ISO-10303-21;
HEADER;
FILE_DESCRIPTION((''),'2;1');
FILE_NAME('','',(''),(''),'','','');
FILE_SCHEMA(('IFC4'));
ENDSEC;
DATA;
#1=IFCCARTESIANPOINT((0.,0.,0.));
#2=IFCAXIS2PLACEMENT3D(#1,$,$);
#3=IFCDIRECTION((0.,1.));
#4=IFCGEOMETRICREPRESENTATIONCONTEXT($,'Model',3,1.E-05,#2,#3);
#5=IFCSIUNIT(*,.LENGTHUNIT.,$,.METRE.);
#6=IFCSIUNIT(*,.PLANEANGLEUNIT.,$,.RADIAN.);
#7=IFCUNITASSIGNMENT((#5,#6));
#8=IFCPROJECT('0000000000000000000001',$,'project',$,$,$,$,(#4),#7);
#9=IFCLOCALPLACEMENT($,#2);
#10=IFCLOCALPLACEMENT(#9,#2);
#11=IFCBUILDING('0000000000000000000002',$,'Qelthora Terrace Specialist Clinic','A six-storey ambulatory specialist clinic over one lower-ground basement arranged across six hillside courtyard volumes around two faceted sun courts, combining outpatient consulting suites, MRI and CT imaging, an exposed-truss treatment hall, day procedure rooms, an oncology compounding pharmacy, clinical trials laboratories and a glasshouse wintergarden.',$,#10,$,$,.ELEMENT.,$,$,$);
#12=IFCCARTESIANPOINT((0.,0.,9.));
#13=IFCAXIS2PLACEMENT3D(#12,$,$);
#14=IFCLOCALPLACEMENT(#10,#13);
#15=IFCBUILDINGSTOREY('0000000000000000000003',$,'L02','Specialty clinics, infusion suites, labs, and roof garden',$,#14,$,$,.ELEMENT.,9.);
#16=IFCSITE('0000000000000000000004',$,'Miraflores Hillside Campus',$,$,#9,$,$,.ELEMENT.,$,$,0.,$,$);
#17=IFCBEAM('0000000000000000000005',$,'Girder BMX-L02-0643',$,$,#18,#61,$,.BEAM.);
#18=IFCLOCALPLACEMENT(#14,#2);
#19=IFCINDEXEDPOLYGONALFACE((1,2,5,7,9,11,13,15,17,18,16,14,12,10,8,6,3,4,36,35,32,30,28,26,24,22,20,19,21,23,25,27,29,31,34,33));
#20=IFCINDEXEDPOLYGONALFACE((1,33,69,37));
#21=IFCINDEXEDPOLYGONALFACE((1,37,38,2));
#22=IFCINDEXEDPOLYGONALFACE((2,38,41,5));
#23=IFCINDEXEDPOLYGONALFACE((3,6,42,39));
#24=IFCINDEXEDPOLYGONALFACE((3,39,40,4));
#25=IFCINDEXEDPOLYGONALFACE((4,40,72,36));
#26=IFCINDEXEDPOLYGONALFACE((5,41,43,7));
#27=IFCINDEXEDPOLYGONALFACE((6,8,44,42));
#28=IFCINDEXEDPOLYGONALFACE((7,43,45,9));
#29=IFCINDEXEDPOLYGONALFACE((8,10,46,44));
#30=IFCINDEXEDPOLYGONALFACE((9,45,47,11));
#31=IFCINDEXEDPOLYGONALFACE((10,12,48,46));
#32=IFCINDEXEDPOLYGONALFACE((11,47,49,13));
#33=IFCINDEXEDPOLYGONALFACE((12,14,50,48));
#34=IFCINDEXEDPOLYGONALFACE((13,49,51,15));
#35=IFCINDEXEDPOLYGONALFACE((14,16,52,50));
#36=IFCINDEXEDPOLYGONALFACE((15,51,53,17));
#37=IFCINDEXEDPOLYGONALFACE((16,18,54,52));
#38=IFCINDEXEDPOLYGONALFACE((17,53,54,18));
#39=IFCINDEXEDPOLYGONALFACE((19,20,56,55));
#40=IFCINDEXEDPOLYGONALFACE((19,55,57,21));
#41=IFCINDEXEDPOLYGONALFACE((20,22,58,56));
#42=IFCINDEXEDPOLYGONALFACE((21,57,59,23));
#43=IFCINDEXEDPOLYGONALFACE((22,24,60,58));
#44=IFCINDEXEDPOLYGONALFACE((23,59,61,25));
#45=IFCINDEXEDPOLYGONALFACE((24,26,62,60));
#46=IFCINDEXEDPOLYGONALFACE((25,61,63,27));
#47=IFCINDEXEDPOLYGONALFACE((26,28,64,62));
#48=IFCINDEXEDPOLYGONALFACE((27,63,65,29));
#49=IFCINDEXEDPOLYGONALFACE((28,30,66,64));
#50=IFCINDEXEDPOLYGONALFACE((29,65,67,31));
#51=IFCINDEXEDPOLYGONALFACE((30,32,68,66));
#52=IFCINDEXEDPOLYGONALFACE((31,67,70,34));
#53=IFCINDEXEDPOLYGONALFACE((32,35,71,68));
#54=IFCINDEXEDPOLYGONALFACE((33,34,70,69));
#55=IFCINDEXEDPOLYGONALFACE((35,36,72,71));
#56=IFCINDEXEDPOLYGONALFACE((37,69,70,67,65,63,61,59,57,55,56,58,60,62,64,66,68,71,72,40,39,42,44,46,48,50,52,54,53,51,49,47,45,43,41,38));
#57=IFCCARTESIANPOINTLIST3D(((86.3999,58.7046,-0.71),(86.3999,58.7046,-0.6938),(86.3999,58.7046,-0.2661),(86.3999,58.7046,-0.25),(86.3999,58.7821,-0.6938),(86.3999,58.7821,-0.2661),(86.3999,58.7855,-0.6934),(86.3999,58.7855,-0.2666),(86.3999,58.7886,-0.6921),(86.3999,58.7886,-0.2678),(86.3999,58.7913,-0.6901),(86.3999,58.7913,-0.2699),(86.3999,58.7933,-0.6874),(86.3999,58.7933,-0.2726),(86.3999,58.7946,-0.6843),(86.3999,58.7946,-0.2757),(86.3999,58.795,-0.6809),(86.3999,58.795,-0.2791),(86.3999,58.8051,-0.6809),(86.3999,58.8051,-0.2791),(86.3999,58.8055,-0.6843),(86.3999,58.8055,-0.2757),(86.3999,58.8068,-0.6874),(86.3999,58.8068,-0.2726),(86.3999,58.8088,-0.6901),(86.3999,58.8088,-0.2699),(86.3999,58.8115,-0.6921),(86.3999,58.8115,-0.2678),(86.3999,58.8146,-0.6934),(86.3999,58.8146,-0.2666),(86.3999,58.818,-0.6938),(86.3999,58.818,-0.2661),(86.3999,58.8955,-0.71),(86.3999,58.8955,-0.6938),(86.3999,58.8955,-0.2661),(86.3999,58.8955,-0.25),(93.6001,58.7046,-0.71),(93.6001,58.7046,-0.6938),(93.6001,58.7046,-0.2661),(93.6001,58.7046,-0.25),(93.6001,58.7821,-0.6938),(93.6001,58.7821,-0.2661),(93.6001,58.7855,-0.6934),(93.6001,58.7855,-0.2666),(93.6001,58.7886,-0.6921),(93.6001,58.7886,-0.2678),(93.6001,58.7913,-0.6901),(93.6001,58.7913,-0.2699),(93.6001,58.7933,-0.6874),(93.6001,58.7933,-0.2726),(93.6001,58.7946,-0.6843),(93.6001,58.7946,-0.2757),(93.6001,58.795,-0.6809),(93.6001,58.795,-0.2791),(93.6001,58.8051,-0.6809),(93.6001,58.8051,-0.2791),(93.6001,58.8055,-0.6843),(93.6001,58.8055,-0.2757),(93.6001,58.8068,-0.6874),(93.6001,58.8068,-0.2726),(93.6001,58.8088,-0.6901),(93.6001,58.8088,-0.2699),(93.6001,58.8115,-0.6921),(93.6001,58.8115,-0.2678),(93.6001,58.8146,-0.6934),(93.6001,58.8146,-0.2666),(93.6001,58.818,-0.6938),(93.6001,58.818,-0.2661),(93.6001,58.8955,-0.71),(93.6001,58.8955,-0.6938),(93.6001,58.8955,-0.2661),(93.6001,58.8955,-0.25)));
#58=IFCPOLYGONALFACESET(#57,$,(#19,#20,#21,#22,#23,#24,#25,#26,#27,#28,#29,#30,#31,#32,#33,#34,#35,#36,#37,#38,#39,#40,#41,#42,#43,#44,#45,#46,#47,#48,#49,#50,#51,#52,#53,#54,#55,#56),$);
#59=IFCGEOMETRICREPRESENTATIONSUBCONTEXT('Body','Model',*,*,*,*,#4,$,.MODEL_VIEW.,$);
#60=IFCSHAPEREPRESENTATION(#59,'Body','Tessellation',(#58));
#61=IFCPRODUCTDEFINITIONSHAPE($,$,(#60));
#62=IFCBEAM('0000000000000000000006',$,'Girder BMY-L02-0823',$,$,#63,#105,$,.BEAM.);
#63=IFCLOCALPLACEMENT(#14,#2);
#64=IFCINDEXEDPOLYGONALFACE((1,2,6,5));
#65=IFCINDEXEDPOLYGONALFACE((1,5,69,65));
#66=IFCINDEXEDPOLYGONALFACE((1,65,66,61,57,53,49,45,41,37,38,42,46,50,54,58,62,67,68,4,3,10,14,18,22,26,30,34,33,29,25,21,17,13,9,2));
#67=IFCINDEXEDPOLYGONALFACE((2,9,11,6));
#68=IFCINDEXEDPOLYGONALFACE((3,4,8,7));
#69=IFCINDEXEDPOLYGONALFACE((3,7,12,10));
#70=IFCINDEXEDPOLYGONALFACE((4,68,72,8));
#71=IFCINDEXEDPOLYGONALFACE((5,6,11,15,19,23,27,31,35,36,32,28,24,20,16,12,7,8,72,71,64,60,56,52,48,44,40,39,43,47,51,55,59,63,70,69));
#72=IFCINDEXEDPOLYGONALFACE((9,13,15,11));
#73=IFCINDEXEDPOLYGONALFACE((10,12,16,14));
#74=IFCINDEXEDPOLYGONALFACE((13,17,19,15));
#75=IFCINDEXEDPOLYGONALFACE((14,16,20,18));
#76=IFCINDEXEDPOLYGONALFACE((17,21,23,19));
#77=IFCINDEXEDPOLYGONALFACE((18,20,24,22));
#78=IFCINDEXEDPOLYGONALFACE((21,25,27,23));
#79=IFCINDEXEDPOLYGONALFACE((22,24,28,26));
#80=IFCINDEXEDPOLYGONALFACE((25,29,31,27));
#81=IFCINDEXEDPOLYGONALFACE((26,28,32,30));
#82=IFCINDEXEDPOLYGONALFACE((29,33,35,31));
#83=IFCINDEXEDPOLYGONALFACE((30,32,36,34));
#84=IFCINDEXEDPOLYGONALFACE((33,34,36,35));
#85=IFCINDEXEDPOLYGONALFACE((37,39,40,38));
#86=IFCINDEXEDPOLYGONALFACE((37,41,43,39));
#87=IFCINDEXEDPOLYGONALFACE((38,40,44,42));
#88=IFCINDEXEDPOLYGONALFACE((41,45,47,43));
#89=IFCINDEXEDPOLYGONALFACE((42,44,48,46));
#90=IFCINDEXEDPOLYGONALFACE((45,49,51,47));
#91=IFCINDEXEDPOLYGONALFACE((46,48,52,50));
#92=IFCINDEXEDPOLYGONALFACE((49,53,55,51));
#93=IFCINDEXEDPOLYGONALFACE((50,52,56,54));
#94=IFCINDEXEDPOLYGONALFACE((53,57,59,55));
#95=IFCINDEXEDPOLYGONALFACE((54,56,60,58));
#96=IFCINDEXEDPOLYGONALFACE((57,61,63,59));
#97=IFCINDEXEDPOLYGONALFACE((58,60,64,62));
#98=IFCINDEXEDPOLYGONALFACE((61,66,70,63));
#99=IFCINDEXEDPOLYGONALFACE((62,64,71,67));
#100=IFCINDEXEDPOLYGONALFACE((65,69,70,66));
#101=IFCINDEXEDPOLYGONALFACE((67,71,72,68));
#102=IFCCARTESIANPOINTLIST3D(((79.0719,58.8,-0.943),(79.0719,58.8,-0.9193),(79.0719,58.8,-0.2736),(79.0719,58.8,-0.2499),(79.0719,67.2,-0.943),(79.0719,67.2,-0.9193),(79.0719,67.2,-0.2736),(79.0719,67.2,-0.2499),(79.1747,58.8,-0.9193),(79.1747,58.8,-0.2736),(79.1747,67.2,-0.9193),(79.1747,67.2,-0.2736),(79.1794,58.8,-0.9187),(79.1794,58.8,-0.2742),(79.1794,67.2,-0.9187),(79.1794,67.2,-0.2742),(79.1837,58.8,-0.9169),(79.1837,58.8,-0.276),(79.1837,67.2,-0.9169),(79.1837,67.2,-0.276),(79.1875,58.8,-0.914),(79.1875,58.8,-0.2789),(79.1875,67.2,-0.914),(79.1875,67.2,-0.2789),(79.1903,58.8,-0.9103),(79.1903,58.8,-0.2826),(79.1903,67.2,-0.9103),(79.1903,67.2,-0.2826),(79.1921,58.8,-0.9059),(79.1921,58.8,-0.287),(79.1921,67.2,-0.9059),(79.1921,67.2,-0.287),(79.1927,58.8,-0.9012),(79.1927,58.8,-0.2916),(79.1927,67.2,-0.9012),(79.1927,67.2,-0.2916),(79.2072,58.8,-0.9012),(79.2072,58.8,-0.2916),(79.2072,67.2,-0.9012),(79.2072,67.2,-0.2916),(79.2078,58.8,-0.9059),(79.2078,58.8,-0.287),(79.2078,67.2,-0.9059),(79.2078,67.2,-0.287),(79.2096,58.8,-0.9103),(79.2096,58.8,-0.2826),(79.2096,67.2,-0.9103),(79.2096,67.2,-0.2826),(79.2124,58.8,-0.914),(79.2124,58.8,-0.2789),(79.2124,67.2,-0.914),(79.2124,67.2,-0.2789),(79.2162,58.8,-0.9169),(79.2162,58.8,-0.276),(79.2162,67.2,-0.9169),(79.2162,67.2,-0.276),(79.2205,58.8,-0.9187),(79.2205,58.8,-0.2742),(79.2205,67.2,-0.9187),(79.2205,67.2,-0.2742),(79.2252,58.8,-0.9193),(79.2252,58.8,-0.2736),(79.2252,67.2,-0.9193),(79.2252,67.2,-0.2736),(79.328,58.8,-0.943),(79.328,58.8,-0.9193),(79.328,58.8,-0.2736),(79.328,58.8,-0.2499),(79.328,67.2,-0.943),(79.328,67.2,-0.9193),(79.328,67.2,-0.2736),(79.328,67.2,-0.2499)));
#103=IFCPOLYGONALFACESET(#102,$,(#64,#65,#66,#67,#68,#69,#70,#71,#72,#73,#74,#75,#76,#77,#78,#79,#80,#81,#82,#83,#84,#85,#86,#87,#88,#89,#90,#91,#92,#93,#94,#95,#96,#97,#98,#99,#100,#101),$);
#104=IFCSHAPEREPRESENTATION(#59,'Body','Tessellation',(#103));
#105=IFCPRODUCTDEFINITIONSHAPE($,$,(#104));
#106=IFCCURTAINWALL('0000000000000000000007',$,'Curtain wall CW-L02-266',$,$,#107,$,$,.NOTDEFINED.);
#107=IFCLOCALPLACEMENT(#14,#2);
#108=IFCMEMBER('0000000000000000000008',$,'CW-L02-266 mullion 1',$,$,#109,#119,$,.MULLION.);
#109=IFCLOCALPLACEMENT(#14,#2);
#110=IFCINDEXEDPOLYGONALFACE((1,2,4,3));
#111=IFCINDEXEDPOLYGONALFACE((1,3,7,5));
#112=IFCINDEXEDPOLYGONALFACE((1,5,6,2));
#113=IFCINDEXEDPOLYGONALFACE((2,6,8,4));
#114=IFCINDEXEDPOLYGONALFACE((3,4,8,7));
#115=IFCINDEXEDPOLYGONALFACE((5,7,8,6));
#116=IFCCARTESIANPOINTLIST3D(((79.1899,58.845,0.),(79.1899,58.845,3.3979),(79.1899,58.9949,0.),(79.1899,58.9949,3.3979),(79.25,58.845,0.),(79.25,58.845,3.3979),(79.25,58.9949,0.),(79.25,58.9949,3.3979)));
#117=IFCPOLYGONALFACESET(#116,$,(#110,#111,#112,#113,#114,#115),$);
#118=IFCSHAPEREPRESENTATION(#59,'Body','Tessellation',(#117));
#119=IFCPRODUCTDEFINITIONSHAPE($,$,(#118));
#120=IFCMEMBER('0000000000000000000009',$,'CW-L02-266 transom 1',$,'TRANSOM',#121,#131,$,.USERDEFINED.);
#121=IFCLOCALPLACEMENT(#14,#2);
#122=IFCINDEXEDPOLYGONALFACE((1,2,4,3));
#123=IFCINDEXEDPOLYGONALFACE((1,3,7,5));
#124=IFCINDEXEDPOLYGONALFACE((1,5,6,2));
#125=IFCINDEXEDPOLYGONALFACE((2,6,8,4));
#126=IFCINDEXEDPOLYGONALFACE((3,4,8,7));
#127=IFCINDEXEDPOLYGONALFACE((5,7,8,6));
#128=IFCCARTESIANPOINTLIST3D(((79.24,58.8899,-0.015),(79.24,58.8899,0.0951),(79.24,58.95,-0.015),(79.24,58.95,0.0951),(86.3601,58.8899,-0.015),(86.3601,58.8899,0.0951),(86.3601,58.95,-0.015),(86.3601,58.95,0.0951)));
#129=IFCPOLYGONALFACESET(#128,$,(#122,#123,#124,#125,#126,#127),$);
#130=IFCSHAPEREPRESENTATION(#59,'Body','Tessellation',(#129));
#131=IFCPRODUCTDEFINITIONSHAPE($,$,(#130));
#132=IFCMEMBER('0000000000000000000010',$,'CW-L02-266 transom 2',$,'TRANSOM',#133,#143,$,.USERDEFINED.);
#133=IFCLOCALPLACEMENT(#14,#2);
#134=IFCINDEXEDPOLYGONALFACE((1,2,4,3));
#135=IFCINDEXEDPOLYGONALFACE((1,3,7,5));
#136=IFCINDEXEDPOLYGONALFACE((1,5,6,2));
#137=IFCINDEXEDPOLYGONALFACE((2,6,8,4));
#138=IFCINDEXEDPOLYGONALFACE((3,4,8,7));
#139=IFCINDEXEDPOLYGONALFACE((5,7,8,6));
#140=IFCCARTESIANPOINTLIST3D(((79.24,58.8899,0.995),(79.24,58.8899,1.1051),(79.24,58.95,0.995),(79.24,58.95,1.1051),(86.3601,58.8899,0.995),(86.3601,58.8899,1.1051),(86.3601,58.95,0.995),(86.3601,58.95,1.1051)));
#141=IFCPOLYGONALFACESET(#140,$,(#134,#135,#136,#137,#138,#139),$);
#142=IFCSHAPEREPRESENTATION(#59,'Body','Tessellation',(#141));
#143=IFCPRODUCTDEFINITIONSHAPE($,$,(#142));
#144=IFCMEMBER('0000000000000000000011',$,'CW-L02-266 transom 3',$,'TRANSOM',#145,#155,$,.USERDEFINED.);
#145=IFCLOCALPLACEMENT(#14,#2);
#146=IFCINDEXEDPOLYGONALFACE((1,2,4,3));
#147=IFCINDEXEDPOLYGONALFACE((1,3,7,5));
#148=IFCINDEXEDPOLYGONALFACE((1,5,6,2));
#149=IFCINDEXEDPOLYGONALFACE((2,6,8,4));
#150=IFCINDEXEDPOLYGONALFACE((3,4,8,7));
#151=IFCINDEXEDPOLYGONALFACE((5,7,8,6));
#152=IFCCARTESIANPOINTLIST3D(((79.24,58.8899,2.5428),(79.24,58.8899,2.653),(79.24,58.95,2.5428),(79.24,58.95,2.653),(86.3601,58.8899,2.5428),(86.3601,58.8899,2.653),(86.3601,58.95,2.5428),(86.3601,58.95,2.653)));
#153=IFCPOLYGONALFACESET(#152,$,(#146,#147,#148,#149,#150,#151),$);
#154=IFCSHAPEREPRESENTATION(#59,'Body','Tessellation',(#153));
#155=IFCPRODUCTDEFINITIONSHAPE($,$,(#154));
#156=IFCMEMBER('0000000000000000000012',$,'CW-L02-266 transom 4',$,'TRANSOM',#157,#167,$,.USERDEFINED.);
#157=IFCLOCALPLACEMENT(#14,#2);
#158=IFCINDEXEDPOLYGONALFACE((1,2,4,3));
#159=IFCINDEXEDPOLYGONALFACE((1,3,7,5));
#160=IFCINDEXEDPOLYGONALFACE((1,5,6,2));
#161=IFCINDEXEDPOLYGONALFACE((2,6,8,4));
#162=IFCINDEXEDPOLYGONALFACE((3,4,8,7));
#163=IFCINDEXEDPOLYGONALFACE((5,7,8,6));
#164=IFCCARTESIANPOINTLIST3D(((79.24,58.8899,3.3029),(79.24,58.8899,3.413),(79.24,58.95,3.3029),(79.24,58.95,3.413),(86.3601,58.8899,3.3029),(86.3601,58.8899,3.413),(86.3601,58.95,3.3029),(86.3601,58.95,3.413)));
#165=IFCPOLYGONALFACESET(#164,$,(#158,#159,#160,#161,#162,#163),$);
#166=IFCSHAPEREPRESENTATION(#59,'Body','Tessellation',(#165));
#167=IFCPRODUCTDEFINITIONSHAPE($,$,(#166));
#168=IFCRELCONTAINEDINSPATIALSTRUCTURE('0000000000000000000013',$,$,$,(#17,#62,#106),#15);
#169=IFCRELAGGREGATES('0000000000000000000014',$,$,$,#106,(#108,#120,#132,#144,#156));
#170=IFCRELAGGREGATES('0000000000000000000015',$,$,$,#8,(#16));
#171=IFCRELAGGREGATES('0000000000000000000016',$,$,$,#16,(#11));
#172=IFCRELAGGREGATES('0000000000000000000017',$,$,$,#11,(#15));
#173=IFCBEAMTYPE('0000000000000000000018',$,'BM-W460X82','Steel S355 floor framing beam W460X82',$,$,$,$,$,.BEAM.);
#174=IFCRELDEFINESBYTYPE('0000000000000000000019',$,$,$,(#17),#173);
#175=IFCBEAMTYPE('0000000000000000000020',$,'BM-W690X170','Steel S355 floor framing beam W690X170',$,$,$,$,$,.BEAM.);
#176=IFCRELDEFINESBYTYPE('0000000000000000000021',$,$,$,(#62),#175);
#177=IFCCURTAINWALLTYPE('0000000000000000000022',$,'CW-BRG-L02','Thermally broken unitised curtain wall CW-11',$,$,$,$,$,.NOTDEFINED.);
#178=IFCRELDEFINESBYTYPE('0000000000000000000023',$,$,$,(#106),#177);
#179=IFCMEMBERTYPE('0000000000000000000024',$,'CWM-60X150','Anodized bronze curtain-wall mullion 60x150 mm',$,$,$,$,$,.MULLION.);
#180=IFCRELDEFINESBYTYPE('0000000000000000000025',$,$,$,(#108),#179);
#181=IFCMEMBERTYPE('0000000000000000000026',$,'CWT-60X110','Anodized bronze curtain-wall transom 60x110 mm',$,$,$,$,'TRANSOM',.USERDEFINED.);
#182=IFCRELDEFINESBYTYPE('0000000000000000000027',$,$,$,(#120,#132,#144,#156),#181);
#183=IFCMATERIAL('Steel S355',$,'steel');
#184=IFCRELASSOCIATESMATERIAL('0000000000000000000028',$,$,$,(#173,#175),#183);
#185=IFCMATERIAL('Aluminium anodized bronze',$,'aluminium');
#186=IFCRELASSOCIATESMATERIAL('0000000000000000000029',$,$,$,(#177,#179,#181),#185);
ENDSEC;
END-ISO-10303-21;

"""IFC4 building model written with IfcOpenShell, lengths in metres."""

from ifc_helpers import new_model, si_unit, direction, frame, origin, origin_2d, place, context, subcontext, project, spatial, rectangle, i_section, extrude, material, material_profile, profile_set, type_object, element, aggregate, save


model = new_model("IFC4")

# Units and contexts
model_context = context("Model", 3, precision=1e-05, world=origin(), true_north=direction((0.0, 1.0)))
body_context = subcontext(model_context, "Body", "Model", "MODEL_VIEW")
ifc_project = project(units=[si_unit("LENGTHUNIT", "METRE"), si_unit("PLANEANGLEUNIT", "RADIAN")], contexts=[model_context])

# Site, building, storey
site_placement = place(None, origin())
site = spatial("IfcSite", under=ifc_project, at=site_placement, Name="Miraflores Hillside Campus", CompositionType="ELEMENT", RefElevation=0.0)
building_placement = place(site_placement, origin())
building = spatial("IfcBuilding", under=site, at=building_placement, Name="Qelthora Terrace Specialist Clinic", Description="A six-storey ambulatory specialist clinic over one lower-ground basement arranged across six hillside courtyard volumes around two faceted sun courts, combining outpatient consulting suites, MRI and CT imaging, an exposed-truss treatment hall, day procedure rooms, an oncology compounding pharmacy, clinical trials laboratories and a glasshouse wintergarden.", CompositionType="ELEMENT")
storey_placement = place(building_placement, frame((0.0, 0.0, 9.0)))
storey = spatial("IfcBuildingStorey", under=building, at=storey_placement, Name="L02", Description="Specialty clinics, infusion suites, labs, and roof garden", CompositionType="ELEMENT", Elevation=9.0)

# Shared definitions
ifc_material_1 = material(Name="Steel S355", Category="steel")

# Beams
ifc_material_profile_1 = material_profile(ifc_material_1, i_section(OverallWidth=0.1909, OverallDepth=0.46, WebThickness=0.01, FlangeThickness=0.0161, FilletRadius=0.0129, at=origin_2d()), Name="W460X82")
ifc_profile_set_1 = profile_set([ifc_material_profile_1], Name="Steel S355")
beam_type_1 = type_object("IfcBeamType", Name="BM-W460X82", Description="Steel S355 floor framing beam W460X82", PredefinedType="BEAM", material=ifc_profile_set_1)
beam_1_placement = place(storey_placement, frame((86.3999, 58.8, -0.48), z_axis=(1.0, 0.0, 0.0), x_axis=(0.0, 1.0, 0.0)))
element("IfcBeam", 1, at=beam_1_placement, inside=storey, type_object=beam_type_1, Name="Girder BMX-L02-0643", PredefinedType="BEAM", context=body_context, shape_type="SweptSolid", body=[
    extrude(i_section(OverallWidth=0.1909, OverallDepth=0.46, WebThickness=0.01, FlangeThickness=0.0161, FilletRadius=0.0129, at=origin_2d()), origin(), (0.0, 0.0, 1.0), 7.2002),
])
ifc_material_profile_2 = material_profile(ifc_material_1, i_section(OverallWidth=0.2561, OverallDepth=0.6931, WebThickness=0.0144, FlangeThickness=0.0237, FilletRadius=0.0181, at=origin_2d()), Name="W690X170")
ifc_profile_set_2 = profile_set([ifc_material_profile_2], Name="Steel S355")
beam_type_2 = type_object("IfcBeamType", Name="BM-W690X170", Description="Steel S355 floor framing beam W690X170", PredefinedType="BEAM", material=ifc_profile_set_2)
beam_2_placement = place(storey_placement, frame((79.2, 58.8, -0.5964), z_axis=(0.0, 1.0, 0.0), x_axis=(-1.0, 0.0, 0.0)))
element("IfcBeam", 2, at=beam_2_placement, inside=storey, type_object=beam_type_2, Name="Girder BMY-L02-0823", PredefinedType="BEAM", context=body_context, shape_type="SweptSolid", body=[
    extrude(i_section(OverallWidth=0.2561, OverallDepth=0.6931, WebThickness=0.0144, FlangeThickness=0.0237, FilletRadius=0.0181, at=origin_2d()), origin(), (0.0, 0.0, 1.0), 8.3999),
])

# Curtain wall, members
ifc_material_2 = material(Name="Aluminium anodized bronze", Category="aluminium")
curtain_wall_type = type_object("IfcCurtainWallType", Name="CW-BRG-L02", Description="Thermally broken unitised curtain wall CW-11", PredefinedType="NOTDEFINED", material=ifc_material_2)
curtain_wall_placement = place(storey_placement, origin())
curtain_wall = element("IfcCurtainWall", 3, at=curtain_wall_placement, inside=storey, type_object=curtain_wall_type, Name="Curtain wall CW-L02-266", PredefinedType="NOTDEFINED")
ifc_material_profile_3 = material_profile(ifc_material_2, rectangle(XDim=0.0601, YDim=0.1499, at=origin_2d()), Name="CWM60X150")
ifc_profile_set_3 = profile_set([ifc_material_profile_3], Name="Aluminium anodized bronze")
member_type_1 = type_object("IfcMemberType", Name="CWM-60X150", Description="Anodized bronze curtain-wall mullion 60x150 mm", PredefinedType="MULLION", material=ifc_profile_set_3)
member_1_placement = place(storey_placement, frame((79.22, 58.9199, 0.0), z_axis=(0.0, 0.0, 1.0), x_axis=(1.0, 0.0, 0.0)))
member_1 = element("IfcMember", 4, at=member_1_placement, type_object=member_type_1, Name="CW-L02-266 mullion 1", PredefinedType="MULLION", context=body_context, shape_type="SweptSolid", body=[
    extrude(rectangle(XDim=0.0601, YDim=0.1499, at=origin_2d()), origin(), (0.0, 0.0, 1.0), 3.3979),
])
ifc_material_profile_4 = material_profile(ifc_material_2, rectangle(XDim=0.0601, YDim=0.1101, at=origin_2d()), Name="CWT60X110")
ifc_profile_set_4 = profile_set([ifc_material_profile_4], Name="Aluminium anodized bronze")
member_type_2 = type_object("IfcMemberType", Name="CWT-60X110", Description="Anodized bronze curtain-wall transom 60x110 mm", ElementType="TRANSOM", PredefinedType="USERDEFINED", material=ifc_profile_set_4)
member_2_placement = place(storey_placement, frame((79.24, 58.9199, 0.04), z_axis=(1.0, 0.0, 0.0), x_axis=(0.0, 1.0, 0.0)))
member_2 = element("IfcMember", 5, at=member_2_placement, type_object=member_type_2, Name="CW-L02-266 transom 1", ObjectType="TRANSOM", PredefinedType="USERDEFINED", context=body_context, shape_type="SweptSolid", body=[
    extrude(rectangle(XDim=0.0601, YDim=0.1101, at=origin_2d()), origin(), (0.0, 0.0, 1.0), 7.1201),
])
member_3_placement = place(storey_placement, frame((79.24, 58.9199, 1.05), z_axis=(1.0, 0.0, 0.0), x_axis=(0.0, 1.0, 0.0)))
member_3 = element("IfcMember", 6, at=member_3_placement, type_object=member_type_2, Name="CW-L02-266 transom 2", ObjectType="TRANSOM", PredefinedType="USERDEFINED", context=body_context, shape_type="SweptSolid", body=[
    extrude(rectangle(XDim=0.0601, YDim=0.1101, at=origin_2d()), origin(), (0.0, 0.0, 1.0), 7.1201),
])
member_4_placement = place(storey_placement, frame((79.24, 58.9199, 2.5979), z_axis=(1.0, 0.0, 0.0), x_axis=(0.0, 1.0, 0.0)))
member_4 = element("IfcMember", 7, at=member_4_placement, type_object=member_type_2, Name="CW-L02-266 transom 3", ObjectType="TRANSOM", PredefinedType="USERDEFINED", context=body_context, shape_type="SweptSolid", body=[
    extrude(rectangle(XDim=0.0601, YDim=0.1101, at=origin_2d()), origin(), (0.0, 0.0, 1.0), 7.1201),
])
member_5_placement = place(storey_placement, frame((79.24, 58.9199, 3.3579), z_axis=(1.0, 0.0, 0.0), x_axis=(0.0, 1.0, 0.0)))
member_5 = element("IfcMember", 8, at=member_5_placement, type_object=member_type_2, Name="CW-L02-266 transom 4", ObjectType="TRANSOM", PredefinedType="USERDEFINED", context=body_context, shape_type="SweptSolid", body=[
    extrude(rectangle(XDim=0.0601, YDim=0.1101, at=origin_2d()), origin(), (0.0, 0.0, 1.0), 7.1201),
])

aggregate(curtain_wall, [member_1, member_2, member_3, member_4, member_5])

save(model, "model.ifc")
